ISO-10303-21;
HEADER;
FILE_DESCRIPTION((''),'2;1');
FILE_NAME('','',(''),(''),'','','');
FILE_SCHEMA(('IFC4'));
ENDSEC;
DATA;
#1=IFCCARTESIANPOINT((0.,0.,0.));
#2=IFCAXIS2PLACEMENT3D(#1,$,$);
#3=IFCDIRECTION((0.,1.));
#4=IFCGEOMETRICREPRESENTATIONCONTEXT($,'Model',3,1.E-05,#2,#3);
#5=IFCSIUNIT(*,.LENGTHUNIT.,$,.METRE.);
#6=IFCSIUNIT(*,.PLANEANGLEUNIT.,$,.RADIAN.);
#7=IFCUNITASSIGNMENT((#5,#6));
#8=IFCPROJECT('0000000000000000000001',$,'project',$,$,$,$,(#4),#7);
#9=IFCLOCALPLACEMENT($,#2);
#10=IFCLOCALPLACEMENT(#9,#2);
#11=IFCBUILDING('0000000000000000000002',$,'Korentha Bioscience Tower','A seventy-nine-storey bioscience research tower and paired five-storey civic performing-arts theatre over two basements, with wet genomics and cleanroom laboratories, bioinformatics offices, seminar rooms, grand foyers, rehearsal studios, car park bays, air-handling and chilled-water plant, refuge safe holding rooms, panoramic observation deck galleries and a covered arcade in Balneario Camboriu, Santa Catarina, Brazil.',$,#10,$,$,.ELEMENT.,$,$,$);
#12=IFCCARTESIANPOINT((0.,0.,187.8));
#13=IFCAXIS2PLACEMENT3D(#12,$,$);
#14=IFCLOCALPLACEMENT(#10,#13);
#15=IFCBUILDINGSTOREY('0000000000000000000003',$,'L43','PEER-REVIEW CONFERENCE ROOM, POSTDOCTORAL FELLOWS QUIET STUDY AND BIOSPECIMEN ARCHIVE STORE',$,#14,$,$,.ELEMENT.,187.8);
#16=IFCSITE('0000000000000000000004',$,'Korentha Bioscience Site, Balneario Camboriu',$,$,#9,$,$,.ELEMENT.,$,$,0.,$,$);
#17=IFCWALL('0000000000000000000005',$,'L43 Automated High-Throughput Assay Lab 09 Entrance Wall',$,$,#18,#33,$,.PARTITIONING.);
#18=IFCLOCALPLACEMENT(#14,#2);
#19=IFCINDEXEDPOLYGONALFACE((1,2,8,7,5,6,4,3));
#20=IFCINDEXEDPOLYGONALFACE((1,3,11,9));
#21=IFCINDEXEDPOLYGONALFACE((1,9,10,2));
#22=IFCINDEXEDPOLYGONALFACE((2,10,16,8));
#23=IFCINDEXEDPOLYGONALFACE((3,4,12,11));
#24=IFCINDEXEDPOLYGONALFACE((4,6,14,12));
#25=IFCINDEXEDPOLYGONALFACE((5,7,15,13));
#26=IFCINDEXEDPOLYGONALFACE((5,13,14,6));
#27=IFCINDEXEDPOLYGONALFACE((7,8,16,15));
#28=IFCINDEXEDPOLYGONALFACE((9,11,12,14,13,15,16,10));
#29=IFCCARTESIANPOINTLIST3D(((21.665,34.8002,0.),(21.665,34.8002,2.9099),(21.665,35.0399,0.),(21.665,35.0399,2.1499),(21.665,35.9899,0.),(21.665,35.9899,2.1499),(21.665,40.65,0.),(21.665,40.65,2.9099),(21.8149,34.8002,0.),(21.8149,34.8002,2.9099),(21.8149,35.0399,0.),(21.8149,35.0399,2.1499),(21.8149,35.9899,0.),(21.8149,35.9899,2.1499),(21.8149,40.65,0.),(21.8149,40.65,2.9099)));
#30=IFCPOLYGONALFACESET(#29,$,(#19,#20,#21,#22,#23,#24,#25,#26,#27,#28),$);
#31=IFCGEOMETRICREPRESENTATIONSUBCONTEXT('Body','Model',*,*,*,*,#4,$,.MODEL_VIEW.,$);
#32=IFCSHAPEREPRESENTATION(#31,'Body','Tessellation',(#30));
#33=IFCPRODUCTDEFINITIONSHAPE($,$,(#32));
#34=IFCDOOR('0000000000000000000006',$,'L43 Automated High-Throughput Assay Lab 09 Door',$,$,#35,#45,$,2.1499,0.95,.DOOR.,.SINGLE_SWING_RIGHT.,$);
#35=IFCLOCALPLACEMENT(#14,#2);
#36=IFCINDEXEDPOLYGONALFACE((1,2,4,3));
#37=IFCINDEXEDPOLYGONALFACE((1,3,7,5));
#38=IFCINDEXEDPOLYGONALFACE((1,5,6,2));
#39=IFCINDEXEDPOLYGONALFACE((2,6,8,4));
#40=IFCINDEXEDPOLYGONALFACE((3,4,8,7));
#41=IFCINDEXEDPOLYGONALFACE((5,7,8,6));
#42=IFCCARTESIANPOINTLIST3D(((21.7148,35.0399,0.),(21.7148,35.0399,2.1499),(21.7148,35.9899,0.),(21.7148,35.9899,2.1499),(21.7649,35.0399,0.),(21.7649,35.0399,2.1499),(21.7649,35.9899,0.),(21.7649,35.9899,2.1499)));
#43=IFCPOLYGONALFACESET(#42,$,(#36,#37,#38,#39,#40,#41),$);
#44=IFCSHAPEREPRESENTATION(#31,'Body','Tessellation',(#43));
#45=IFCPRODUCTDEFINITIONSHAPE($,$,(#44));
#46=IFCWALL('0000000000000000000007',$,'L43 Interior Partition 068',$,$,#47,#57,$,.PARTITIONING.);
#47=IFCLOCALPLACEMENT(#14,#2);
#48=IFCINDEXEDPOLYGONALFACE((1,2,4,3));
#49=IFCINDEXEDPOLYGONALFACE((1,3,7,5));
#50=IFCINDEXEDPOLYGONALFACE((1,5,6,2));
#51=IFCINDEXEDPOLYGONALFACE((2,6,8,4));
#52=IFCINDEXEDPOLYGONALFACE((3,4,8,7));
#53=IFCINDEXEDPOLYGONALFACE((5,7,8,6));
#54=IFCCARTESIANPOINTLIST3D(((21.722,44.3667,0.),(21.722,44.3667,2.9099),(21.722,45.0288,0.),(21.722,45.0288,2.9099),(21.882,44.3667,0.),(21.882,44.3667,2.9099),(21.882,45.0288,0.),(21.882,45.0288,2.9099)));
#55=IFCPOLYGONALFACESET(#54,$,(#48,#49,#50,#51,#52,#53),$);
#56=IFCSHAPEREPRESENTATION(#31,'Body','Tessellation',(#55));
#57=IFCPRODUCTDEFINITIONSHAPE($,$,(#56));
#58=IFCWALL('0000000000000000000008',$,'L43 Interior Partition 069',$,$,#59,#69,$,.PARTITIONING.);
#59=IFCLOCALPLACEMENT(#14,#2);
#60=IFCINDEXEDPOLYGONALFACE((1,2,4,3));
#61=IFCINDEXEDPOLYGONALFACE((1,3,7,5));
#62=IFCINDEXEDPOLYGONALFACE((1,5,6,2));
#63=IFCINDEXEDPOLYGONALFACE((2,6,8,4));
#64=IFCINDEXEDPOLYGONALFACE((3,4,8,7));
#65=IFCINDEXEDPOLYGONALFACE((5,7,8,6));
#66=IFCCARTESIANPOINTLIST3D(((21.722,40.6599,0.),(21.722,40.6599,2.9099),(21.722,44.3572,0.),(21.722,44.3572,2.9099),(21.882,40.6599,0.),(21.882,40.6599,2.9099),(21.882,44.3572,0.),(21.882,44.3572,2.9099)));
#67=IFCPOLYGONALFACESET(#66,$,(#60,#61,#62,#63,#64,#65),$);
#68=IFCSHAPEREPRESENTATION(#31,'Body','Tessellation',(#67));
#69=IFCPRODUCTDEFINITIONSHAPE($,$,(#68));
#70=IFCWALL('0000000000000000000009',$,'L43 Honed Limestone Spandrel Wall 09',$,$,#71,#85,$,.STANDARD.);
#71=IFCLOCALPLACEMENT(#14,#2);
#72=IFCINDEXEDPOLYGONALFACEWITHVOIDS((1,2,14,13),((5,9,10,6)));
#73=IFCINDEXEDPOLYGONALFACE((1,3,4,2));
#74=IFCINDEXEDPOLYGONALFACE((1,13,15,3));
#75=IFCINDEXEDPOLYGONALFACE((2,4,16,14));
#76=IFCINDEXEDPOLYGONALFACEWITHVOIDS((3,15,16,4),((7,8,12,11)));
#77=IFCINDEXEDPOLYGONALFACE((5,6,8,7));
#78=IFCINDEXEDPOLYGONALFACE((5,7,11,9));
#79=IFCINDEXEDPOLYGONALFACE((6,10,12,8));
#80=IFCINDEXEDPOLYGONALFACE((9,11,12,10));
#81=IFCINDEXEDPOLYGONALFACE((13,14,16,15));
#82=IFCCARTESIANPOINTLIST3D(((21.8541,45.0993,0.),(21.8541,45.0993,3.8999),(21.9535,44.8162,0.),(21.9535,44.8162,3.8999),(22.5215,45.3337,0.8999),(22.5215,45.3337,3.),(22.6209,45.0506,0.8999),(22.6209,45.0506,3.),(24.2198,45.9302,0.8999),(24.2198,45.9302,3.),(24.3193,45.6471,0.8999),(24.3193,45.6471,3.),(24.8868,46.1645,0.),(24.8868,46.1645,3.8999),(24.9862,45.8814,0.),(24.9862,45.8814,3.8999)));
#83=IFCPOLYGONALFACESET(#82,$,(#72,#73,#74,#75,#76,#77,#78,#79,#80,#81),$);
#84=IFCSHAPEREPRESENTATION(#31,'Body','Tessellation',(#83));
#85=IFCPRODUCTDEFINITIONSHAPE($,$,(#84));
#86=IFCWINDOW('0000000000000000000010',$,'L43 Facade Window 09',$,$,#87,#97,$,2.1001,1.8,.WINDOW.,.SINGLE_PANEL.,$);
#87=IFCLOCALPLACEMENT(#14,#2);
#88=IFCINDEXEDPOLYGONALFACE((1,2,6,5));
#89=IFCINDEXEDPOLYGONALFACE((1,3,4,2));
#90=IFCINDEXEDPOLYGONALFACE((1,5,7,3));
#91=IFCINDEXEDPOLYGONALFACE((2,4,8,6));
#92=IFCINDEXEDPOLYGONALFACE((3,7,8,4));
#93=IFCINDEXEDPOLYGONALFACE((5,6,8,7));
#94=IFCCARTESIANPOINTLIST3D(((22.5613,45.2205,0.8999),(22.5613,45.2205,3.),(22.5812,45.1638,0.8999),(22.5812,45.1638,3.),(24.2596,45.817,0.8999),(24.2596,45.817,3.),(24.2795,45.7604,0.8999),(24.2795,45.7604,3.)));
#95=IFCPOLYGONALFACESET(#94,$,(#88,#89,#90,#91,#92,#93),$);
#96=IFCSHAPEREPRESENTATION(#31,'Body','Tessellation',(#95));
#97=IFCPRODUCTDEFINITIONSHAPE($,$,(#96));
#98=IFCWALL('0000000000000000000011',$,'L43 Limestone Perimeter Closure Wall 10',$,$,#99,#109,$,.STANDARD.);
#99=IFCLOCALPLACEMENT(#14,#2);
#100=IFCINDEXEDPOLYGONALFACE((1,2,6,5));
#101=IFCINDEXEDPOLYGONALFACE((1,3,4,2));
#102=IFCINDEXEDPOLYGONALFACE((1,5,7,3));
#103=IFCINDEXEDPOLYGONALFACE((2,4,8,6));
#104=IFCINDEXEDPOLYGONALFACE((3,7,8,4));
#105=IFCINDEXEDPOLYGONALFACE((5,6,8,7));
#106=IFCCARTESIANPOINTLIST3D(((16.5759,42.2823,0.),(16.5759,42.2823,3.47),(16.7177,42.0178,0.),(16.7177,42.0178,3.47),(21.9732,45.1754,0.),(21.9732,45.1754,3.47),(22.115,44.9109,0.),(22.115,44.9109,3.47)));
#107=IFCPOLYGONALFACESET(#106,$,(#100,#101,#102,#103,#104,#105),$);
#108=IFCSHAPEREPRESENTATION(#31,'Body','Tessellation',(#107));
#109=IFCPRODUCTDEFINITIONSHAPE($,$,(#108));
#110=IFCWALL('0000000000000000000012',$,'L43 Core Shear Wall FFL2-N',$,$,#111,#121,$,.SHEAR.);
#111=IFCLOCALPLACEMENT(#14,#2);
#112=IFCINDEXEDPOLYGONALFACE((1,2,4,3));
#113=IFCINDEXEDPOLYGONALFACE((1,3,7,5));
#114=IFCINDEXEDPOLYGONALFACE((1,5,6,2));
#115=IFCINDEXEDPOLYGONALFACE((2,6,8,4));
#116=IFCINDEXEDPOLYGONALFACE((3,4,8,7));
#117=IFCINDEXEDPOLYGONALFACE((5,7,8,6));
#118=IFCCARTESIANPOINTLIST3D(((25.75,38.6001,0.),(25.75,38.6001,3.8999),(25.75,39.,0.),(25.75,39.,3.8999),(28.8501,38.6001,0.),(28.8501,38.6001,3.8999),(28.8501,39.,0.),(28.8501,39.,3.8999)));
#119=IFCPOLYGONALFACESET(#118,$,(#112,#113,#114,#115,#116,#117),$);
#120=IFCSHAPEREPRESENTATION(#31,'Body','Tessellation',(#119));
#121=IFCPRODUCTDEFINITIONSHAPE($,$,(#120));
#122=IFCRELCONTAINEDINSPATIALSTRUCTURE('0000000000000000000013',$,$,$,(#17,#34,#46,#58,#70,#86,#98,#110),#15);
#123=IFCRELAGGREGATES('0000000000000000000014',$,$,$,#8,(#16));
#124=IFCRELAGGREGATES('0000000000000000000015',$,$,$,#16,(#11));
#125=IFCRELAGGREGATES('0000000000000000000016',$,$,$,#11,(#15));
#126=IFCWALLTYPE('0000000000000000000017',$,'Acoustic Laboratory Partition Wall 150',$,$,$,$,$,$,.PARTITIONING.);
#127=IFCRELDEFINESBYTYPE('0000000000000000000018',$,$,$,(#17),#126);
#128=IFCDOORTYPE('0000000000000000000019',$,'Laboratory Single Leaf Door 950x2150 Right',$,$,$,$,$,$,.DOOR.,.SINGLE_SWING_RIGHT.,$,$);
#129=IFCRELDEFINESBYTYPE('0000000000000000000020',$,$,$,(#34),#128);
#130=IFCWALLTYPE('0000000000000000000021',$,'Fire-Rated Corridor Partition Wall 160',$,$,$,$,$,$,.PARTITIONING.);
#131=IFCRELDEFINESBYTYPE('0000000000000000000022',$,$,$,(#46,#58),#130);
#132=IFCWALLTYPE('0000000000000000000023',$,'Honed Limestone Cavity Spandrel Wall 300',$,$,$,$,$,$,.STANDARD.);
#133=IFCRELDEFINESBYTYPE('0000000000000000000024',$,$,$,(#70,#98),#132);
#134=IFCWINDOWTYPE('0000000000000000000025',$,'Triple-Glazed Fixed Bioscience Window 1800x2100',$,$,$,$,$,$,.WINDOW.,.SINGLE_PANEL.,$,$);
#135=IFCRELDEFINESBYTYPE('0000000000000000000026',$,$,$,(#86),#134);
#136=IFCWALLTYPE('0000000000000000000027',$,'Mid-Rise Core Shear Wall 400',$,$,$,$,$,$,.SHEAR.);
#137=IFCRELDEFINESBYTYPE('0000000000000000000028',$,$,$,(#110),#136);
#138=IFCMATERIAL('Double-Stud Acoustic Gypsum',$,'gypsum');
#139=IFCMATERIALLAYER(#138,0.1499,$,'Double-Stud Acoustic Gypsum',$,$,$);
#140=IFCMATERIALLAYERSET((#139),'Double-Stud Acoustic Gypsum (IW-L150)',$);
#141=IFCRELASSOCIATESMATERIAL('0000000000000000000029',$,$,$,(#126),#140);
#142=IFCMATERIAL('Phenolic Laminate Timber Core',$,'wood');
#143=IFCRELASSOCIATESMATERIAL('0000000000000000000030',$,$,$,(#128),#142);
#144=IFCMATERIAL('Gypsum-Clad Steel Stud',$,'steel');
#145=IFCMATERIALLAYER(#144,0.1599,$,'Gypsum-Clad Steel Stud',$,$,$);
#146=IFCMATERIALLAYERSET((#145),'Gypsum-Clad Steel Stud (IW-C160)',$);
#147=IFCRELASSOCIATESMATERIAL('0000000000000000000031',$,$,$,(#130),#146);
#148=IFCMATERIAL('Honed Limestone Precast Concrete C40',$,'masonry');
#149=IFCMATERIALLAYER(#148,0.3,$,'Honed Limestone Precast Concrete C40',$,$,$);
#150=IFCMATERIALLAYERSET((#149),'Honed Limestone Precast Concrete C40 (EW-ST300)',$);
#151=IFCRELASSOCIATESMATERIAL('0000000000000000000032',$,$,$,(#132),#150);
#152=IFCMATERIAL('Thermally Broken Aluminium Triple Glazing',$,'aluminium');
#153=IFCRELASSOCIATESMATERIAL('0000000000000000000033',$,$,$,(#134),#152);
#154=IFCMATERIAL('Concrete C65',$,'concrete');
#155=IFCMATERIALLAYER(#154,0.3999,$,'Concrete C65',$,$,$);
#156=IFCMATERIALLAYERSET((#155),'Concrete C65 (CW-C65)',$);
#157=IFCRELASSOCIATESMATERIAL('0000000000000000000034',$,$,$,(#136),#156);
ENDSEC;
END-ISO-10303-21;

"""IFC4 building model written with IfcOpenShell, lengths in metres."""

from ifc_helpers import new_model, si_unit, direction, frame, frame_2d, origin, place, context, subcontext, project, spatial, rectangle, extrude, material, layer, layer_set, type_object, element, fill, save


model = new_model("IFC4")

# Units and contexts
model_context = context("Model", 3, precision=1e-05, world=origin(), true_north=direction((0.0, 1.0)))
body_context = subcontext(model_context, "Body", "Model", "MODEL_VIEW")
ifc_project = project(units=[si_unit("LENGTHUNIT", "METRE"), si_unit("PLANEANGLEUNIT", "RADIAN")], contexts=[model_context])

# Site, building, storey
site_placement = place(None, origin())
site = spatial("IfcSite", under=ifc_project, at=site_placement, Name="Korentha Bioscience Site, Balneario Camboriu", CompositionType="ELEMENT", RefElevation=0.0)
building_placement = place(site_placement, origin())
building = spatial("IfcBuilding", under=site, at=building_placement, Name="Korentha Bioscience Tower", Description="A seventy-nine-storey bioscience research tower and paired five-storey civic performing-arts theatre over two basements, with wet genomics and cleanroom laboratories, bioinformatics offices, seminar rooms, grand foyers, rehearsal studios, car park bays, air-handling and chilled-water plant, refuge safe holding rooms, panoramic observation deck galleries and a covered arcade in Balneario Camboriu, Santa Catarina, Brazil.", CompositionType="ELEMENT")
storey_placement = place(building_placement, frame((0.0, 0.0, 187.8)))
storey = spatial("IfcBuildingStorey", under=building, at=storey_placement, Name="L43", Description="PEER-REVIEW CONFERENCE ROOM, POSTDOCTORAL FELLOWS QUIET STUDY AND BIOSPECIMEN ARCHIVE STORE", CompositionType="ELEMENT", Elevation=187.8)

# Shared definitions
ifc_material_1 = material(Name="Concrete C65", Category="concrete")

# Wall, opening, door
ifc_material_2 = material(Name="Double-Stud Acoustic Gypsum", Category="gypsum")
ifc_layer_1 = layer(ifc_material_2, 0.1499, Name="Double-Stud Acoustic Gypsum")
ifc_layer_set_1 = layer_set([ifc_layer_1], Name="Double-Stud Acoustic Gypsum (IW-L150)")
wall_type_1 = type_object("IfcWallType", Name="Acoustic Laboratory Partition Wall 150", PredefinedType="PARTITIONING", material=ifc_layer_set_1)
wall_1_placement = place(storey_placement, frame((21.74, 40.6499, 0.0), z_axis=(0.0, 0.0, 1.0), x_axis=(0.0, -1.0, 0.0)))
wall_1 = element("IfcWall", 1, at=wall_1_placement, inside=storey, type_object=wall_type_1, Name="L43 Automated High-Throughput Assay Lab 09 Entrance Wall", PredefinedType="PARTITIONING", context=body_context, shape_type="SweptSolid", body=[
    extrude(rectangle(XDim=5.8499, YDim=0.1499, at=frame_2d((2.9248, 0.0))), origin(), (0.0, 0.0, 1.0), 2.9099),
])
opening_1_placement = place(wall_1_placement, frame((4.6599, 0.0, 0.0)))
opening_1 = element("IfcOpeningElement", 2, at=opening_1_placement, cuts=wall_1, PredefinedType="OPENING", context=body_context, shape_type="SweptSolid", body=[
    extrude(rectangle(XDim=0.95, YDim=2.1499, at=frame_2d((0.4751, 1.075))), frame((0.0, 0.0898, 0.0), z_axis=(0.0, -1.0, 0.0), x_axis=(1.0, 0.0, 0.0)), (0.0, 0.0, 1.0), 0.1797),
])
ifc_material_3 = material(Name="Phenolic Laminate Timber Core", Category="wood")
door_type_1 = type_object("IfcDoorType", Name="Laboratory Single Leaf Door 950x2150 Right", OperationType="SINGLE_SWING_RIGHT", PredefinedType="DOOR", material=ifc_material_3)
door_1_placement = place(opening_1_placement, origin())
door_1 = element("IfcDoor", 3, at=door_1_placement, inside=storey, type_object=door_type_1, Name="L43 Automated High-Throughput Assay Lab 09 Door", OperationType="SINGLE_SWING_RIGHT", OverallHeight=2.1499, OverallWidth=0.95, PredefinedType="DOOR", context=body_context, shape_type="SweptSolid", body=[
    extrude(rectangle(XDim=0.95, YDim=2.1499, at=frame_2d((0.4751, 1.075))), frame((0.0, 0.0249, 0.0), z_axis=(0.0, -1.0, 0.0), x_axis=(1.0, 0.0, 0.0)), (0.0, 0.0, 1.0), 0.05),
])
fill(opening_1, door_1)

# Walls
ifc_material_4 = material(Name="Gypsum-Clad Steel Stud", Category="steel")
ifc_layer_2 = layer(ifc_material_4, 0.1599, Name="Gypsum-Clad Steel Stud")
ifc_layer_set_2 = layer_set([ifc_layer_2], Name="Gypsum-Clad Steel Stud (IW-C160)")
wall_type_2 = type_object("IfcWallType", Name="Fire-Rated Corridor Partition Wall 160", PredefinedType="PARTITIONING", material=ifc_layer_set_2)
wall_2_placement = place(storey_placement, frame((21.802, 44.3667, 0.0), z_axis=(0.0, 0.0, 1.0), x_axis=(0.0, 1.0, 0.0)))
element("IfcWall", 4, at=wall_2_placement, inside=storey, type_object=wall_type_2, Name="L43 Interior Partition 068", PredefinedType="PARTITIONING", context=body_context, shape_type="SweptSolid", body=[
    extrude(rectangle(XDim=0.6621, YDim=0.1599, at=frame_2d((0.3311, 0.0))), origin(), (0.0, 0.0, 1.0), 2.9099),
])
wall_3_placement = place(storey_placement, frame((21.802, 40.6599, 0.0), z_axis=(0.0, 0.0, 1.0), x_axis=(0.0, 1.0, 0.0)))
element("IfcWall", 5, at=wall_3_placement, inside=storey, type_object=wall_type_2, Name="L43 Interior Partition 069", PredefinedType="PARTITIONING", context=body_context, shape_type="SweptSolid", body=[
    extrude(rectangle(XDim=3.6973, YDim=0.1599, at=frame_2d((1.8486, 0.0))), origin(), (0.0, 0.0, 1.0), 2.9099),
])

# Shared definitions
ifc_material_5 = material(Name="Honed Limestone Precast Concrete C40", Category="masonry")
ifc_layer_3 = layer(ifc_material_5, 0.3, Name="Honed Limestone Precast Concrete C40")
ifc_layer_set_3 = layer_set([ifc_layer_3], Name="Honed Limestone Precast Concrete C40 (EW-ST300)")
wall_type_3 = type_object("IfcWallType", Name="Honed Limestone Cavity Spandrel Wall 300", PredefinedType="STANDARD", material=ifc_layer_set_3)

# Wall, opening, window
wall_4_placement = place(storey_placement, frame((24.9365, 46.0229, 0.0), z_axis=(0.0, 0.0, 1.0), x_axis=(-0.943495, -0.331385, 0.0)))
wall_4 = element("IfcWall", 6, at=wall_4_placement, inside=storey, type_object=wall_type_3, Name="L43 Honed Limestone Spandrel Wall 09", PredefinedType="STANDARD", context=body_context, shape_type="SweptSolid", body=[
    extrude(rectangle(XDim=3.2144, YDim=0.3, at=frame_2d((1.6072, 0.0))), origin(), (0.0, 0.0, 1.0), 3.8999),
])
opening_2_placement = place(wall_4_placement, frame((0.707, 0.0, 0.8999)))
opening_2 = element("IfcOpeningElement", 7, at=opening_2_placement, cuts=wall_4, PredefinedType="OPENING", context=body_context, shape_type="SweptSolid", body=[
    extrude(rectangle(XDim=1.8, YDim=2.1001, at=frame_2d((0.8999, 1.05))), frame((0.0, 0.165, 0.0), z_axis=(0.0, -1.0, 0.0), x_axis=(1.0, 0.0, 0.0)), (0.0, 0.0, 1.0), 0.3298),
])
ifc_material_6 = material(Name="Thermally Broken Aluminium Triple Glazing", Category="aluminium")
window_type = type_object("IfcWindowType", Name="Triple-Glazed Fixed Bioscience Window 1800x2100", PartitioningType="SINGLE_PANEL", PredefinedType="WINDOW", material=ifc_material_6)
window_placement = place(opening_2_placement, origin())
window = element("IfcWindow", 8, at=window_placement, inside=storey, type_object=window_type, Name="L43 Facade Window 09", OverallHeight=2.1001, OverallWidth=1.8, PartitioningType="SINGLE_PANEL", PredefinedType="WINDOW", context=body_context, shape_type="SweptSolid", body=[
    extrude(rectangle(XDim=1.8, YDim=2.1001, at=frame_2d((0.8999, 1.05))), frame((0.0, 0.03, 0.0), z_axis=(0.0, -1.0, 0.0), x_axis=(1.0, 0.0, 0.0)), (0.0, 0.0, 1.0), 0.0601),
])
fill(opening_2, window)

# Walls
wall_5_placement = place(storey_placement, frame((22.0442, 45.0432, 0.0), z_axis=(0.0, 0.0, 1.0), x_axis=(-0.881364, -0.472437, 0.0)))
element("IfcWall", 9, at=wall_5_placement, inside=storey, type_object=wall_type_3, Name="L43 Limestone Perimeter Closure Wall 10", PredefinedType="STANDARD", context=body_context, shape_type="SweptSolid", body=[
    extrude(rectangle(XDim=6.1238, YDim=0.3, at=frame_2d((3.062, 0.0))), origin(), (0.0, 0.0, 1.0), 3.47),
])
ifc_layer_4 = layer(ifc_material_1, 0.3999, Name="Concrete C65")
ifc_layer_set_4 = layer_set([ifc_layer_4], Name="Concrete C65 (CW-C65)")
wall_type_4 = type_object("IfcWallType", Name="Mid-Rise Core Shear Wall 400", PredefinedType="SHEAR", material=ifc_layer_set_4)
wall_6_placement = place(storey_placement, frame((25.75, 38.8, 0.0), z_axis=(0.0, 0.0, 1.0), x_axis=(1.0, 0.0, 0.0)))
element("IfcWall", 10, at=wall_6_placement, inside=storey, type_object=wall_type_4, Name="L43 Core Shear Wall FFL2-N", PredefinedType="SHEAR", context=body_context, shape_type="SweptSolid", body=[
    extrude(rectangle(XDim=3.1001, YDim=0.3999, at=frame_2d((1.55, 0.0))), origin(), (0.0, 0.0, 1.0), 3.8999),
])

save(model, "model.ifc")
